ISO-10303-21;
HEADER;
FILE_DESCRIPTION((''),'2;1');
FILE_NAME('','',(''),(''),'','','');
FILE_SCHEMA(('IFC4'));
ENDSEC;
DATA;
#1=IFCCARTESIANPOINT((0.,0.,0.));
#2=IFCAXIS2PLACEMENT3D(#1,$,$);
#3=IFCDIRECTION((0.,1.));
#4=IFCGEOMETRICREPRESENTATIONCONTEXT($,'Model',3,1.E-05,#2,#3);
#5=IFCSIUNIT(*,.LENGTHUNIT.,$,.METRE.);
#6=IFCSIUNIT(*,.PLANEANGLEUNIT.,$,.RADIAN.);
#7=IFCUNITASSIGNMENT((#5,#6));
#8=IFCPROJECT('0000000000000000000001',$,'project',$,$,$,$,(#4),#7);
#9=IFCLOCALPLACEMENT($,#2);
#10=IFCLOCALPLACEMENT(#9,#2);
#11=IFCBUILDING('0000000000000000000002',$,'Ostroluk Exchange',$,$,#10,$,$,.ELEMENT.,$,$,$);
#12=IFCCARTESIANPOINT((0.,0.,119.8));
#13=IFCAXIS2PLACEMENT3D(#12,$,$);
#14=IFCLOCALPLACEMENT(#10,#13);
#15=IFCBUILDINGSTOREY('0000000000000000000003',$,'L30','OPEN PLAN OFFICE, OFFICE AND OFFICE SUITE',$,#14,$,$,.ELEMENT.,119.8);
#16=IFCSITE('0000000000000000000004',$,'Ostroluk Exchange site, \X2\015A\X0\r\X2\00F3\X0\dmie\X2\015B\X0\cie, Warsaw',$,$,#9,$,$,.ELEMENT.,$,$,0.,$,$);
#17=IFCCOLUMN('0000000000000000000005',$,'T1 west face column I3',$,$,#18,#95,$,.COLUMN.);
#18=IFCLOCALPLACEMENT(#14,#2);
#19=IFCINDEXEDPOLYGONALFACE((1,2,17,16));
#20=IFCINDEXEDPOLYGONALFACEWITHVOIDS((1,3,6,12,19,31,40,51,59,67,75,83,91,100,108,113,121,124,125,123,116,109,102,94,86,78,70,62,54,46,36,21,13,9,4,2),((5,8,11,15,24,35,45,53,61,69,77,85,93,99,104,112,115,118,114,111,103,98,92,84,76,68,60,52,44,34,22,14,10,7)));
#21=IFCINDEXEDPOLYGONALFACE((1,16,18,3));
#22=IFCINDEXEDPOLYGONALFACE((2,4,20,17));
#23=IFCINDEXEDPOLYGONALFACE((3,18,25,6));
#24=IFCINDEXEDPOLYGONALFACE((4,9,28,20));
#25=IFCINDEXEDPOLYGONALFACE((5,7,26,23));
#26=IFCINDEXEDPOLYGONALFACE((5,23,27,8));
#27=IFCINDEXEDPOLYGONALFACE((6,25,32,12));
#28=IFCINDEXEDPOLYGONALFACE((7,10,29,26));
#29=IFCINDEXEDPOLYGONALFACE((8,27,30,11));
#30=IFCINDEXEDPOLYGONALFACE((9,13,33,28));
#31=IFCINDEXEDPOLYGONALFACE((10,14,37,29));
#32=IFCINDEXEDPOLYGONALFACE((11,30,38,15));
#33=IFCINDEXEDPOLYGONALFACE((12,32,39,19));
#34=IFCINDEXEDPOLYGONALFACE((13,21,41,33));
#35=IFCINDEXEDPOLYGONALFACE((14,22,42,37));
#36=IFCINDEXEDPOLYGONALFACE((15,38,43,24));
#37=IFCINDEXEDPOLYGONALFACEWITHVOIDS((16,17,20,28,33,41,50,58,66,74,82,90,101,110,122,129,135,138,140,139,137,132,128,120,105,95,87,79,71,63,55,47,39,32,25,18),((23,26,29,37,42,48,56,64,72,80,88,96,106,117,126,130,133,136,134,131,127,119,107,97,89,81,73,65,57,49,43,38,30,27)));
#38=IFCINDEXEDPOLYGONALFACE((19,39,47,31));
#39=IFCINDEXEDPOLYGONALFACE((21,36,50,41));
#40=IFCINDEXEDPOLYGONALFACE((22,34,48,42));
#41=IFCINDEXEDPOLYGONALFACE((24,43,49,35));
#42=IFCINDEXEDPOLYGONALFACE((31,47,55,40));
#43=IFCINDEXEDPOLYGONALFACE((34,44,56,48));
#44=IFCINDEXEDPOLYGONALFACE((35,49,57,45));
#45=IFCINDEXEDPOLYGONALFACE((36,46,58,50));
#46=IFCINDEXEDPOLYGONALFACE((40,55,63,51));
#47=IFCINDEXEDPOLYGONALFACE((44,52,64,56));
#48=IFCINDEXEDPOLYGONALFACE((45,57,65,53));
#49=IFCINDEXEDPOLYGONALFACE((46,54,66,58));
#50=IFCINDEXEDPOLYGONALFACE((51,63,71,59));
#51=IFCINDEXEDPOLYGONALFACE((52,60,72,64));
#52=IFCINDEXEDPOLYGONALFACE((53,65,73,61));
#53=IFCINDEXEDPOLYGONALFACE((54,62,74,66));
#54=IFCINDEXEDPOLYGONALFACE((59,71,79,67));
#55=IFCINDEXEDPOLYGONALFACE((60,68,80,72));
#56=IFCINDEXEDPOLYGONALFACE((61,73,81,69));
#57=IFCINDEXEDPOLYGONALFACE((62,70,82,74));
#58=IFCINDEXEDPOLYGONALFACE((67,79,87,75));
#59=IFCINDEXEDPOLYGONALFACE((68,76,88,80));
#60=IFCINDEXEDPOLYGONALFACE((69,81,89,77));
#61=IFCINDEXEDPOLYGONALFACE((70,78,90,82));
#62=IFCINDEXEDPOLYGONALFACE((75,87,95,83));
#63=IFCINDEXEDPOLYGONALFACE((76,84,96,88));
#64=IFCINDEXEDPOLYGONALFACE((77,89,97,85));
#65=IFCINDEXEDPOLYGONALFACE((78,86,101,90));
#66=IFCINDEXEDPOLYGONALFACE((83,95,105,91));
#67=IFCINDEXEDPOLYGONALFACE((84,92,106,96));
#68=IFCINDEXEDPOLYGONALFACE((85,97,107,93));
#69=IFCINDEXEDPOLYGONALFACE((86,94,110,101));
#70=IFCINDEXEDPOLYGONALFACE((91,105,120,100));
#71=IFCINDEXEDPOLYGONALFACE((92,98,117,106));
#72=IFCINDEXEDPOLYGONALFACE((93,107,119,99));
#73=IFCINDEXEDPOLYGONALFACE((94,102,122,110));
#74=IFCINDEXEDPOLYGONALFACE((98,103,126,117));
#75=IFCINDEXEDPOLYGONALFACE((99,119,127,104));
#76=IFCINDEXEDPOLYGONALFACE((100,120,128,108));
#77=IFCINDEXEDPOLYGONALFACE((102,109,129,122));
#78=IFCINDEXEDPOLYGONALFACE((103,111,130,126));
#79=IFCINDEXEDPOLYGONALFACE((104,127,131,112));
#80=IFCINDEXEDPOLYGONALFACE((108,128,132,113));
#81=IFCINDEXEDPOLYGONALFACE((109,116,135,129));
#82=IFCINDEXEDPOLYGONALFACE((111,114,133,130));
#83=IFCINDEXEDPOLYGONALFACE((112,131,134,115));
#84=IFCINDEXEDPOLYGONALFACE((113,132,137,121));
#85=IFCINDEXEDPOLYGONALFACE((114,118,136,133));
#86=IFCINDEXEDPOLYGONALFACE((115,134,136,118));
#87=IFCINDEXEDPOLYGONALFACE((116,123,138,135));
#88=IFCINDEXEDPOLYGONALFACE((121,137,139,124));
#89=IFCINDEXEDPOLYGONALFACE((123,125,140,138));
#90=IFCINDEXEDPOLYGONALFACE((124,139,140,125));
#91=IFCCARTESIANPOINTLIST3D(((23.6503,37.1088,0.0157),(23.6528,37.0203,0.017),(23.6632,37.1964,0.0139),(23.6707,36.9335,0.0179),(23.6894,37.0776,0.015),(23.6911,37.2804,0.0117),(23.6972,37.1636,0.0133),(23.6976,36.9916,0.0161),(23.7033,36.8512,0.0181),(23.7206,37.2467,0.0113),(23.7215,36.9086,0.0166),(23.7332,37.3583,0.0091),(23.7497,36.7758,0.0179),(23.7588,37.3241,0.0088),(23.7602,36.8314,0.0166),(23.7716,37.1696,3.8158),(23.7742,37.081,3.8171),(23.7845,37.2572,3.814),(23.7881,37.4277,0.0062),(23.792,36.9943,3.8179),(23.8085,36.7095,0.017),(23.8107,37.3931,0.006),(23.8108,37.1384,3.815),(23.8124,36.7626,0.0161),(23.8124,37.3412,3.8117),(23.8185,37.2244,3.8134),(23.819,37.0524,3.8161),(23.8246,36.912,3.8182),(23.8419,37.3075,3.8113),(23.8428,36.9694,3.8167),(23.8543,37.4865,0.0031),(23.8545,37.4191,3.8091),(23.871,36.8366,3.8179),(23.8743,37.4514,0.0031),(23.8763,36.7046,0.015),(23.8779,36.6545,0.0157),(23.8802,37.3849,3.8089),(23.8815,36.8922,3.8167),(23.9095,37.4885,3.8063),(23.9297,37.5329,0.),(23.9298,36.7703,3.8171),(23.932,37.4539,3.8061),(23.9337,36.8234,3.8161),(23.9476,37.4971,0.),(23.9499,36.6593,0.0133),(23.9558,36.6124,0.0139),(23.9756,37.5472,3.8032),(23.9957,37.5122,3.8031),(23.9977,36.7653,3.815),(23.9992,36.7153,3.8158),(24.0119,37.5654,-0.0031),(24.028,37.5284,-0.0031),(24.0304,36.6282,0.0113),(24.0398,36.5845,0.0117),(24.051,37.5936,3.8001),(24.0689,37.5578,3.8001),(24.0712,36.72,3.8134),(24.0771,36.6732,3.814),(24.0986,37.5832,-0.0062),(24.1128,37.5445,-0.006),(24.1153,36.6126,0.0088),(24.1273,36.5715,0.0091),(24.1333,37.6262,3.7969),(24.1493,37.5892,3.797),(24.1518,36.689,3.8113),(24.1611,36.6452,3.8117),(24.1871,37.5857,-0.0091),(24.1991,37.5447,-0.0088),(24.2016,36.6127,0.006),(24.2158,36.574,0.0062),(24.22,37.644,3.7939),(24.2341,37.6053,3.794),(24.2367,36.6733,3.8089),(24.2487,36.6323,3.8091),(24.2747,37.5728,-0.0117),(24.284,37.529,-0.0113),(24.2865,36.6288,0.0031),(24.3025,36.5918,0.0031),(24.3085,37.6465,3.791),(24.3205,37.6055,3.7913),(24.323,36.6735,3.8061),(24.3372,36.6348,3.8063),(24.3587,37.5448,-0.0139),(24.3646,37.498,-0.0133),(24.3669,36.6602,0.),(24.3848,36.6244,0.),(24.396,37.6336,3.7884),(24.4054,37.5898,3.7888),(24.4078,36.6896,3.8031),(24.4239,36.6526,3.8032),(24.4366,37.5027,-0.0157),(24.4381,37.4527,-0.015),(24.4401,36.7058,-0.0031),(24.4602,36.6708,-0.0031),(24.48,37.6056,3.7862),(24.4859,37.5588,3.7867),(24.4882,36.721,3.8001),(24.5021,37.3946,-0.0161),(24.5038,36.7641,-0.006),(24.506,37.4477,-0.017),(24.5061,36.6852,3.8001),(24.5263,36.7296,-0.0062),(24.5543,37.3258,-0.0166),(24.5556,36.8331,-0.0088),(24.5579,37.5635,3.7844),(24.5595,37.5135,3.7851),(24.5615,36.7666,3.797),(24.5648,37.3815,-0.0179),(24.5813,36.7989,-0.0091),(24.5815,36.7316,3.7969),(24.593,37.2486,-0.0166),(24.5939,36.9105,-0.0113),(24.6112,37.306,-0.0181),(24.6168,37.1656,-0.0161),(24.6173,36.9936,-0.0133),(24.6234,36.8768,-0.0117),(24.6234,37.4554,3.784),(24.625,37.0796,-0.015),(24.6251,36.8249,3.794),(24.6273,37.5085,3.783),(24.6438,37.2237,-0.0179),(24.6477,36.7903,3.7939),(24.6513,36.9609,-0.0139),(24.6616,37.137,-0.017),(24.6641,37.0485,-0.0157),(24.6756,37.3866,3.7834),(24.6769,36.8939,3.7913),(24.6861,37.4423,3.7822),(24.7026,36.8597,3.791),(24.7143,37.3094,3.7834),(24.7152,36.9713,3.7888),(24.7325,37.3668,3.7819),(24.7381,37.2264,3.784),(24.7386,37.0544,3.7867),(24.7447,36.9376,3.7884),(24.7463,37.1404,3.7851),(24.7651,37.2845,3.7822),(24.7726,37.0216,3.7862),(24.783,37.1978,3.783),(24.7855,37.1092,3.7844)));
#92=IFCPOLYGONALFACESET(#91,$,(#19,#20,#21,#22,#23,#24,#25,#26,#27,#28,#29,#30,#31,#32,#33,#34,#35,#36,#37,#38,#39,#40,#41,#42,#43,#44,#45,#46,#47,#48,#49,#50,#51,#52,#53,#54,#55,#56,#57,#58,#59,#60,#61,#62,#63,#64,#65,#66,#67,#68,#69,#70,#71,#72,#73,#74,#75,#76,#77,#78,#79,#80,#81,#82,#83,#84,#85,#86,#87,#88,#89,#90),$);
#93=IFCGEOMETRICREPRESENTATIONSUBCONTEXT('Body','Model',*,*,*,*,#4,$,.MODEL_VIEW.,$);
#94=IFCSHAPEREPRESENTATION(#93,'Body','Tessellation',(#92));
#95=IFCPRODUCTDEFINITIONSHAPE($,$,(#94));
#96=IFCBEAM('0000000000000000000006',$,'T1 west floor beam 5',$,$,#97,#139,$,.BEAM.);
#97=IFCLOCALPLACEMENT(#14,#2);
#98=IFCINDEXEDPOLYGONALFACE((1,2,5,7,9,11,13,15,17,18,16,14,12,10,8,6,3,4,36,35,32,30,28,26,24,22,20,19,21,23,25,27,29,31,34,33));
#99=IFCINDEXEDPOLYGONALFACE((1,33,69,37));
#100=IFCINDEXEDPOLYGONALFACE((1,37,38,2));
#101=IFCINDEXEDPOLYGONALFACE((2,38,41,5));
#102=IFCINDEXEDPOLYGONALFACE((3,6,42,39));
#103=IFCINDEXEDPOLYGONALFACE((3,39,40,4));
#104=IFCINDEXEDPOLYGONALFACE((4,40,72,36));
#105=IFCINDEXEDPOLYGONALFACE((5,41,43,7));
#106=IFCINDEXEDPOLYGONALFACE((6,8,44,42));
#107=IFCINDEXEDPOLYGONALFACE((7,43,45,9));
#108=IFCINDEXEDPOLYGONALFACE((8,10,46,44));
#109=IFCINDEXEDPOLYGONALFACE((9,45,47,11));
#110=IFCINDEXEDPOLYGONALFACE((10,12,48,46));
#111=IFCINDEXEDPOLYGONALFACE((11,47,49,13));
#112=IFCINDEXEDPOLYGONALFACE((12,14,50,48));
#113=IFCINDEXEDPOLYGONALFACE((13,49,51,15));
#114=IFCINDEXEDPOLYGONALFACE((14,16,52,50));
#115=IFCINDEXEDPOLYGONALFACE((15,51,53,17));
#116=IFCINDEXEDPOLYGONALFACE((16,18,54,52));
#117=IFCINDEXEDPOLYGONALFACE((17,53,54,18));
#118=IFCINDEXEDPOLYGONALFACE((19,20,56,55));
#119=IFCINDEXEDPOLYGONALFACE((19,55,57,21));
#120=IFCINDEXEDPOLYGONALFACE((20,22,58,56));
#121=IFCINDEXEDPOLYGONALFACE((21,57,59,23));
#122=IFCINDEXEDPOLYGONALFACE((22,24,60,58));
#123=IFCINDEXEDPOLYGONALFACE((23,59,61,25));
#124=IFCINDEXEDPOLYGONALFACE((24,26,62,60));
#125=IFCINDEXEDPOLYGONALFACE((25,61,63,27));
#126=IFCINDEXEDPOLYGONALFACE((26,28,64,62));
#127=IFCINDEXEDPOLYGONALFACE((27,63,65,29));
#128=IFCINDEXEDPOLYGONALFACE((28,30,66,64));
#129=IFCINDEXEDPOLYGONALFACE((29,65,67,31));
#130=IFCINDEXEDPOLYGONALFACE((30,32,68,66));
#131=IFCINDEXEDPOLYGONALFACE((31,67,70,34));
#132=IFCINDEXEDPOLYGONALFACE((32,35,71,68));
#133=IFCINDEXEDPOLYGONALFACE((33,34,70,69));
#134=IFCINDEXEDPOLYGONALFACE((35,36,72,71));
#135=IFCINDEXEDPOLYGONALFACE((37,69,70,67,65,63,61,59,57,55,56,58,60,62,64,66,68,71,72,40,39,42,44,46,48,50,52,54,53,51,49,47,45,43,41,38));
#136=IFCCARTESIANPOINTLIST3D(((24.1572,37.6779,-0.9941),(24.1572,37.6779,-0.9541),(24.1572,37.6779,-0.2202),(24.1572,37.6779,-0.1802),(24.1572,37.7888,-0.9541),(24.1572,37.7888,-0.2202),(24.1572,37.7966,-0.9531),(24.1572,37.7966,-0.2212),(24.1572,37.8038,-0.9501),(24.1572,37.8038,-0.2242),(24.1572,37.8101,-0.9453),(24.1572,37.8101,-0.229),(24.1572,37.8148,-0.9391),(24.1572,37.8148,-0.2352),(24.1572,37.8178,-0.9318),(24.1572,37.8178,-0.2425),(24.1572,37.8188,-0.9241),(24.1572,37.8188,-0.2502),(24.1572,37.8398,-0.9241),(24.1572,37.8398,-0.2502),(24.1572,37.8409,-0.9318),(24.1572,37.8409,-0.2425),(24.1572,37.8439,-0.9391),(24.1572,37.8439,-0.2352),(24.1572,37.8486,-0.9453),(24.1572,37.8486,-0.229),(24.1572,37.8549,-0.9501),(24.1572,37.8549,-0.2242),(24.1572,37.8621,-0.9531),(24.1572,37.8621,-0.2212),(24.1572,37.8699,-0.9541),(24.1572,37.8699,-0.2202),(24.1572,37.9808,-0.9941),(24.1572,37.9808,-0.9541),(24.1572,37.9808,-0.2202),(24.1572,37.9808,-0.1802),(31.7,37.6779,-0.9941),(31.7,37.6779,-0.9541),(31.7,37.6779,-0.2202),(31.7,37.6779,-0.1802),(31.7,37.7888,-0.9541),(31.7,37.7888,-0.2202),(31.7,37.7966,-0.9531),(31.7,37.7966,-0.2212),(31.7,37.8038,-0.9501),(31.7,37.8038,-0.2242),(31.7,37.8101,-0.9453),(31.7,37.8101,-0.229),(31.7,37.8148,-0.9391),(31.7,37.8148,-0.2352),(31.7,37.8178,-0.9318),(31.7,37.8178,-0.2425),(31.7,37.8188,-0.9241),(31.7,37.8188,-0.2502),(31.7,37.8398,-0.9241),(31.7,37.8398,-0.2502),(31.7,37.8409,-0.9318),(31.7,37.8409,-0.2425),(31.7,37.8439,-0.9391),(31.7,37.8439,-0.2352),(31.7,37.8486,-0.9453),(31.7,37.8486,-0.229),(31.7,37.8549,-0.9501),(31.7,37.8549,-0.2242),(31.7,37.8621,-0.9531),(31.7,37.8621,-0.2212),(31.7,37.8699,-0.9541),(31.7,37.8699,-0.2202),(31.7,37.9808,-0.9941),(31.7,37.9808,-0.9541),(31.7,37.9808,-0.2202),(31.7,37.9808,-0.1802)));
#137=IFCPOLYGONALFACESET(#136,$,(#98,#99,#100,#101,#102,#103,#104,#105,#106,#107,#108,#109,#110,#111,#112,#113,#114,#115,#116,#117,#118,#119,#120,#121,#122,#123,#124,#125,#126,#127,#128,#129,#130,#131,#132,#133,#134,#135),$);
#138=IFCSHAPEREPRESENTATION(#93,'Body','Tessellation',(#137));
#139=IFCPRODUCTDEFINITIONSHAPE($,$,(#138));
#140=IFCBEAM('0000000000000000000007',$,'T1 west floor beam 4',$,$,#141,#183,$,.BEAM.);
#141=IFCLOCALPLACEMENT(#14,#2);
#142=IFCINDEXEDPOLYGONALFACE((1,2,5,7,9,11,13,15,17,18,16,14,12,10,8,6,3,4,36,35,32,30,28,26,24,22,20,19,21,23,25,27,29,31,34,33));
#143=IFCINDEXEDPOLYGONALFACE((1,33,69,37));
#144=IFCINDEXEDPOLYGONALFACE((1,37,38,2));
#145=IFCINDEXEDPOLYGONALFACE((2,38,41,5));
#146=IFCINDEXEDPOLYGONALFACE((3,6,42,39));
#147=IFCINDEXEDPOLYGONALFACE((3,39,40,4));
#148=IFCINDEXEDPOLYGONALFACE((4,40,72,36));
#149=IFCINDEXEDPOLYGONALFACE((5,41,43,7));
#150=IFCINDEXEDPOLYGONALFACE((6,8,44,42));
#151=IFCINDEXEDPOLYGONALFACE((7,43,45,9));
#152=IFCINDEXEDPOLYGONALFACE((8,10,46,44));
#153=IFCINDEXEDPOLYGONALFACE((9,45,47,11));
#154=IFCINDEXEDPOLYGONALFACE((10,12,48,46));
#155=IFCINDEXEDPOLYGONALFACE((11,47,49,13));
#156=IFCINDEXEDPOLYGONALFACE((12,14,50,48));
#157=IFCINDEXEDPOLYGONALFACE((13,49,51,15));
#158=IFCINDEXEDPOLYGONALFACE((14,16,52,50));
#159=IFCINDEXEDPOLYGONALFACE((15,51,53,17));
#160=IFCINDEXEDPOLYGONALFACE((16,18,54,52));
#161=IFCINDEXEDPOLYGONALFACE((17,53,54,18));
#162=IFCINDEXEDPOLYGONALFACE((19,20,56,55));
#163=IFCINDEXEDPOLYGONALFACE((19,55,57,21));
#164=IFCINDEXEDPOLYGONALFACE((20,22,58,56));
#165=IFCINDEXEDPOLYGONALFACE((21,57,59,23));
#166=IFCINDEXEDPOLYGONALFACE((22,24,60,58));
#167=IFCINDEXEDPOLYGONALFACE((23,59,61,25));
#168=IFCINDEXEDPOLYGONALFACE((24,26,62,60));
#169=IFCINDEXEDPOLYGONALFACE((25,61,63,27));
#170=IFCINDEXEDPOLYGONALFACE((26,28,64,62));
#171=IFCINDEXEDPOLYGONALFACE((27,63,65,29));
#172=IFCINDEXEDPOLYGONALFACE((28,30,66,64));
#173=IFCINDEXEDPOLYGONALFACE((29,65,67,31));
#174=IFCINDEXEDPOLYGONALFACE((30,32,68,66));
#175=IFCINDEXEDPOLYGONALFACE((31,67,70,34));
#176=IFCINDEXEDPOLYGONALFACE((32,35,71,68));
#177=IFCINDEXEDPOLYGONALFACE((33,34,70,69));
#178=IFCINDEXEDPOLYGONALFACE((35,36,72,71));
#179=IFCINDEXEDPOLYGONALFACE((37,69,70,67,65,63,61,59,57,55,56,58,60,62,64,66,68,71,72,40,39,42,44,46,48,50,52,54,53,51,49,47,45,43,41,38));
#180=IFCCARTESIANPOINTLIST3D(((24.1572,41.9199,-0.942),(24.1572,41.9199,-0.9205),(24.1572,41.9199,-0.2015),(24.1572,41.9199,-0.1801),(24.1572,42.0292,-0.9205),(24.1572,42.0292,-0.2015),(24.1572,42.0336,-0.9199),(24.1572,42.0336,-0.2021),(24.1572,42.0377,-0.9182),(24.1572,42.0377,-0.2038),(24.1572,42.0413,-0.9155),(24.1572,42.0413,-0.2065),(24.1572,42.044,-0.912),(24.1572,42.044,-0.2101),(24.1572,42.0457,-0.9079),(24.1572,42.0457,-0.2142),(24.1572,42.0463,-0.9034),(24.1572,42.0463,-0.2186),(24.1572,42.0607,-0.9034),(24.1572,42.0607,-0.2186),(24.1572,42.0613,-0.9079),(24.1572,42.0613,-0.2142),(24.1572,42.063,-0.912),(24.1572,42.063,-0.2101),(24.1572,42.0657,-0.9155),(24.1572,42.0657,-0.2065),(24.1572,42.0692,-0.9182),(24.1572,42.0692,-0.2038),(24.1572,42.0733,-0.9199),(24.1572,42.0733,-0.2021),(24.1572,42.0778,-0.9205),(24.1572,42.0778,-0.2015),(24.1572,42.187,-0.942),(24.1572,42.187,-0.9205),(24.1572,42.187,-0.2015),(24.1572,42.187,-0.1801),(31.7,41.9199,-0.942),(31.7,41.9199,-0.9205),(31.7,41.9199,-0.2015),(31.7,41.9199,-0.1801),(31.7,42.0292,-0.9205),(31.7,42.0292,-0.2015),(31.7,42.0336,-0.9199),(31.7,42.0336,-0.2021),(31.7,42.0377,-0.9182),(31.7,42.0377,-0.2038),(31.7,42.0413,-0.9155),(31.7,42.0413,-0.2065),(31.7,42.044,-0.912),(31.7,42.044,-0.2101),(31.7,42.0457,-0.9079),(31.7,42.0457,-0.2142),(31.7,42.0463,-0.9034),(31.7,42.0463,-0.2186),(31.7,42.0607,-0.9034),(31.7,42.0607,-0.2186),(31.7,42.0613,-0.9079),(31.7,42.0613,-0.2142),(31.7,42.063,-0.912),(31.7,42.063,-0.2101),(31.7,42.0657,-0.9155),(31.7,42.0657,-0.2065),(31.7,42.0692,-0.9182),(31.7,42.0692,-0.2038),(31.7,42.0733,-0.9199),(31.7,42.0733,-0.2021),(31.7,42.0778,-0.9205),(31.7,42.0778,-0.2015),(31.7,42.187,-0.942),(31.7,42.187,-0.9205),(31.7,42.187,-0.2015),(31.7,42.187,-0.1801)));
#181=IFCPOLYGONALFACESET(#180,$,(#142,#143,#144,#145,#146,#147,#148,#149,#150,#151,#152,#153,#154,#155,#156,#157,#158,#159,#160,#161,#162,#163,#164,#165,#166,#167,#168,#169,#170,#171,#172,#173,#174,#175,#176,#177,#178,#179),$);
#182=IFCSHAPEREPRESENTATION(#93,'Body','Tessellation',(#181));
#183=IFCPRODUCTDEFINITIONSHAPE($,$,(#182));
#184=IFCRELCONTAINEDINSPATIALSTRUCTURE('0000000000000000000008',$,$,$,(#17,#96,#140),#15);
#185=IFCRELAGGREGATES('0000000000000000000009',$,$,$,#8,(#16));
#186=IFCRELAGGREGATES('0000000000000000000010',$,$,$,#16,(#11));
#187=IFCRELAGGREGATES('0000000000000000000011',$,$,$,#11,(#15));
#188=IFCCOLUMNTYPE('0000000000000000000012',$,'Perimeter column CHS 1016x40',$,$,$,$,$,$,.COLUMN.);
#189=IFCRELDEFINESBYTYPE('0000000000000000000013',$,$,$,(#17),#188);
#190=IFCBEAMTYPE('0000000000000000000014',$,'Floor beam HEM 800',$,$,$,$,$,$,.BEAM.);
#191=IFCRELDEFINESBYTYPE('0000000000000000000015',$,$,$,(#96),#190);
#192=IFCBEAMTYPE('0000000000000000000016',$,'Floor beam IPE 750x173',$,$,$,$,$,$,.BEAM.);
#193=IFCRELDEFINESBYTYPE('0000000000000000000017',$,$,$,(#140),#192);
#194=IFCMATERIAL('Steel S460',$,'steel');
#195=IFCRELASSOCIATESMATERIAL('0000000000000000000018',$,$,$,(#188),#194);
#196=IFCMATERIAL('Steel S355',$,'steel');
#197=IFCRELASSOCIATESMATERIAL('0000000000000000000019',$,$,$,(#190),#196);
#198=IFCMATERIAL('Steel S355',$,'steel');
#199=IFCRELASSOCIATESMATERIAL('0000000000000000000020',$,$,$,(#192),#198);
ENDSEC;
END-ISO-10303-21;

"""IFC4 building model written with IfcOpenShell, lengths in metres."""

from ifc_helpers import new_model, si_unit, direction, frame, origin, origin_2d, place, context, subcontext, project, spatial, hollow_circle, i_section, extrude, material, material_profile, profile_set, type_object, element, save


model = new_model("IFC4")

# Units and contexts
model_context = context("Model", 3, precision=1e-05, world=origin(), true_north=direction((0.0, 1.0)))
body_context = subcontext(model_context, "Body", "Model", "MODEL_VIEW")
ifc_project = project(units=[si_unit("LENGTHUNIT", "METRE"), si_unit("PLANEANGLEUNIT", "RADIAN")], contexts=[model_context])

# Site, building, storey
site_placement = place(None, origin())
site = spatial("IfcSite", under=ifc_project, at=site_placement, Name="Ostroluk Exchange site, Śródmieście, Warsaw", CompositionType="ELEMENT", RefElevation=0.0)
building_placement = place(site_placement, origin())
building = spatial("IfcBuilding", under=site, at=building_placement, Name="Ostroluk Exchange", CompositionType="ELEMENT")
storey_placement = place(building_placement, frame((0.0, 0.0, 119.8)))
storey = spatial("IfcBuildingStorey", under=building, at=storey_placement, Name="L30", Description="OPEN PLAN OFFICE, OFFICE AND OFFICE SUITE", CompositionType="ELEMENT", Elevation=119.8)

# Column
ifc_material_1 = material(Name="Steel S460", Category="steel")
ifc_material_profile_1 = material_profile(ifc_material_1, hollow_circle(Radius=0.5081, WallThickness=0.04, at=origin_2d()), Name="CHS 1016x40")
ifc_profile_set_1 = profile_set([ifc_material_profile_1], Name="Steel S460")
column_type = type_object("IfcColumnType", Name="Perimeter column CHS 1016x40", PredefinedType="COLUMN", material=ifc_profile_set_1)
column_placement = place(storey_placement, frame((24.1572, 37.0786, 0.0), z_axis=(0.03191, 0.015987, 0.999363), x_axis=(-0.447933, 0.894067, 0.0)))
element("IfcColumn", 1, at=column_placement, inside=storey, type_object=column_type, Name="T1 west face column I3", PredefinedType="COLUMN", context=body_context, shape_type="SweptSolid", body=[
    extrude(hollow_circle(Radius=0.5081, WallThickness=0.04, at=origin_2d()), origin(), (0.0, 0.0, 1.0), 3.8025),
])

# Beams
ifc_material_2 = material(Name="Steel S355", Category="steel")
ifc_material_profile_2 = material_profile(ifc_material_2, i_section(OverallWidth=0.303, OverallDepth=0.814, WebThickness=0.021, FlangeThickness=0.04, FilletRadius=0.03, at=origin_2d()), Name="HEM 800")
ifc_profile_set_2 = profile_set([ifc_material_profile_2], Name="Steel S355")
beam_type_1 = type_object("IfcBeamType", Name="Floor beam HEM 800", PredefinedType="BEAM", material=ifc_profile_set_2)
beam_1_placement = place(storey_placement, frame((31.7, 37.8293, -0.5872), z_axis=(-1.0, 0.0, 0.0), x_axis=(0.0, -1.0, 0.0)))
element("IfcBeam", 2, at=beam_1_placement, inside=storey, type_object=beam_type_1, Name="T1 west floor beam 5", PredefinedType="BEAM", context=body_context, shape_type="SweptSolid", body=[
    extrude(i_section(OverallWidth=0.303, OverallDepth=0.814, WebThickness=0.021, FlangeThickness=0.04, FilletRadius=0.03, at=origin_2d()), origin(), (0.0, 0.0, 1.0), 7.5427),
])
ifc_material_3 = material(Name="Steel S355", Category="steel")
ifc_material_profile_3 = material_profile(ifc_material_3, i_section(OverallWidth=0.2671, OverallDepth=0.762, WebThickness=0.0144, FlangeThickness=0.0215, FilletRadius=0.0171, at=origin_2d()), Name="IPE 750x173")
ifc_profile_set_3 = profile_set([ifc_material_profile_3], Name="Steel S355")
beam_type_2 = type_object("IfcBeamType", Name="Floor beam IPE 750x173", PredefinedType="BEAM", material=ifc_profile_set_3)
beam_2_placement = place(storey_placement, frame((31.7, 42.0535, -0.561), z_axis=(-1.0, 0.0, 0.0), x_axis=(0.0, -1.0, 0.0)))
element("IfcBeam", 3, at=beam_2_placement, inside=storey, type_object=beam_type_2, Name="T1 west floor beam 4", PredefinedType="BEAM", context=body_context, shape_type="SweptSolid", body=[
    extrude(i_section(OverallWidth=0.2671, OverallDepth=0.762, WebThickness=0.0144, FlangeThickness=0.0215, FilletRadius=0.0171, at=origin_2d()), origin(), (0.0, 0.0, 1.0), 7.5427),
])

save(model, "model.ifc")
